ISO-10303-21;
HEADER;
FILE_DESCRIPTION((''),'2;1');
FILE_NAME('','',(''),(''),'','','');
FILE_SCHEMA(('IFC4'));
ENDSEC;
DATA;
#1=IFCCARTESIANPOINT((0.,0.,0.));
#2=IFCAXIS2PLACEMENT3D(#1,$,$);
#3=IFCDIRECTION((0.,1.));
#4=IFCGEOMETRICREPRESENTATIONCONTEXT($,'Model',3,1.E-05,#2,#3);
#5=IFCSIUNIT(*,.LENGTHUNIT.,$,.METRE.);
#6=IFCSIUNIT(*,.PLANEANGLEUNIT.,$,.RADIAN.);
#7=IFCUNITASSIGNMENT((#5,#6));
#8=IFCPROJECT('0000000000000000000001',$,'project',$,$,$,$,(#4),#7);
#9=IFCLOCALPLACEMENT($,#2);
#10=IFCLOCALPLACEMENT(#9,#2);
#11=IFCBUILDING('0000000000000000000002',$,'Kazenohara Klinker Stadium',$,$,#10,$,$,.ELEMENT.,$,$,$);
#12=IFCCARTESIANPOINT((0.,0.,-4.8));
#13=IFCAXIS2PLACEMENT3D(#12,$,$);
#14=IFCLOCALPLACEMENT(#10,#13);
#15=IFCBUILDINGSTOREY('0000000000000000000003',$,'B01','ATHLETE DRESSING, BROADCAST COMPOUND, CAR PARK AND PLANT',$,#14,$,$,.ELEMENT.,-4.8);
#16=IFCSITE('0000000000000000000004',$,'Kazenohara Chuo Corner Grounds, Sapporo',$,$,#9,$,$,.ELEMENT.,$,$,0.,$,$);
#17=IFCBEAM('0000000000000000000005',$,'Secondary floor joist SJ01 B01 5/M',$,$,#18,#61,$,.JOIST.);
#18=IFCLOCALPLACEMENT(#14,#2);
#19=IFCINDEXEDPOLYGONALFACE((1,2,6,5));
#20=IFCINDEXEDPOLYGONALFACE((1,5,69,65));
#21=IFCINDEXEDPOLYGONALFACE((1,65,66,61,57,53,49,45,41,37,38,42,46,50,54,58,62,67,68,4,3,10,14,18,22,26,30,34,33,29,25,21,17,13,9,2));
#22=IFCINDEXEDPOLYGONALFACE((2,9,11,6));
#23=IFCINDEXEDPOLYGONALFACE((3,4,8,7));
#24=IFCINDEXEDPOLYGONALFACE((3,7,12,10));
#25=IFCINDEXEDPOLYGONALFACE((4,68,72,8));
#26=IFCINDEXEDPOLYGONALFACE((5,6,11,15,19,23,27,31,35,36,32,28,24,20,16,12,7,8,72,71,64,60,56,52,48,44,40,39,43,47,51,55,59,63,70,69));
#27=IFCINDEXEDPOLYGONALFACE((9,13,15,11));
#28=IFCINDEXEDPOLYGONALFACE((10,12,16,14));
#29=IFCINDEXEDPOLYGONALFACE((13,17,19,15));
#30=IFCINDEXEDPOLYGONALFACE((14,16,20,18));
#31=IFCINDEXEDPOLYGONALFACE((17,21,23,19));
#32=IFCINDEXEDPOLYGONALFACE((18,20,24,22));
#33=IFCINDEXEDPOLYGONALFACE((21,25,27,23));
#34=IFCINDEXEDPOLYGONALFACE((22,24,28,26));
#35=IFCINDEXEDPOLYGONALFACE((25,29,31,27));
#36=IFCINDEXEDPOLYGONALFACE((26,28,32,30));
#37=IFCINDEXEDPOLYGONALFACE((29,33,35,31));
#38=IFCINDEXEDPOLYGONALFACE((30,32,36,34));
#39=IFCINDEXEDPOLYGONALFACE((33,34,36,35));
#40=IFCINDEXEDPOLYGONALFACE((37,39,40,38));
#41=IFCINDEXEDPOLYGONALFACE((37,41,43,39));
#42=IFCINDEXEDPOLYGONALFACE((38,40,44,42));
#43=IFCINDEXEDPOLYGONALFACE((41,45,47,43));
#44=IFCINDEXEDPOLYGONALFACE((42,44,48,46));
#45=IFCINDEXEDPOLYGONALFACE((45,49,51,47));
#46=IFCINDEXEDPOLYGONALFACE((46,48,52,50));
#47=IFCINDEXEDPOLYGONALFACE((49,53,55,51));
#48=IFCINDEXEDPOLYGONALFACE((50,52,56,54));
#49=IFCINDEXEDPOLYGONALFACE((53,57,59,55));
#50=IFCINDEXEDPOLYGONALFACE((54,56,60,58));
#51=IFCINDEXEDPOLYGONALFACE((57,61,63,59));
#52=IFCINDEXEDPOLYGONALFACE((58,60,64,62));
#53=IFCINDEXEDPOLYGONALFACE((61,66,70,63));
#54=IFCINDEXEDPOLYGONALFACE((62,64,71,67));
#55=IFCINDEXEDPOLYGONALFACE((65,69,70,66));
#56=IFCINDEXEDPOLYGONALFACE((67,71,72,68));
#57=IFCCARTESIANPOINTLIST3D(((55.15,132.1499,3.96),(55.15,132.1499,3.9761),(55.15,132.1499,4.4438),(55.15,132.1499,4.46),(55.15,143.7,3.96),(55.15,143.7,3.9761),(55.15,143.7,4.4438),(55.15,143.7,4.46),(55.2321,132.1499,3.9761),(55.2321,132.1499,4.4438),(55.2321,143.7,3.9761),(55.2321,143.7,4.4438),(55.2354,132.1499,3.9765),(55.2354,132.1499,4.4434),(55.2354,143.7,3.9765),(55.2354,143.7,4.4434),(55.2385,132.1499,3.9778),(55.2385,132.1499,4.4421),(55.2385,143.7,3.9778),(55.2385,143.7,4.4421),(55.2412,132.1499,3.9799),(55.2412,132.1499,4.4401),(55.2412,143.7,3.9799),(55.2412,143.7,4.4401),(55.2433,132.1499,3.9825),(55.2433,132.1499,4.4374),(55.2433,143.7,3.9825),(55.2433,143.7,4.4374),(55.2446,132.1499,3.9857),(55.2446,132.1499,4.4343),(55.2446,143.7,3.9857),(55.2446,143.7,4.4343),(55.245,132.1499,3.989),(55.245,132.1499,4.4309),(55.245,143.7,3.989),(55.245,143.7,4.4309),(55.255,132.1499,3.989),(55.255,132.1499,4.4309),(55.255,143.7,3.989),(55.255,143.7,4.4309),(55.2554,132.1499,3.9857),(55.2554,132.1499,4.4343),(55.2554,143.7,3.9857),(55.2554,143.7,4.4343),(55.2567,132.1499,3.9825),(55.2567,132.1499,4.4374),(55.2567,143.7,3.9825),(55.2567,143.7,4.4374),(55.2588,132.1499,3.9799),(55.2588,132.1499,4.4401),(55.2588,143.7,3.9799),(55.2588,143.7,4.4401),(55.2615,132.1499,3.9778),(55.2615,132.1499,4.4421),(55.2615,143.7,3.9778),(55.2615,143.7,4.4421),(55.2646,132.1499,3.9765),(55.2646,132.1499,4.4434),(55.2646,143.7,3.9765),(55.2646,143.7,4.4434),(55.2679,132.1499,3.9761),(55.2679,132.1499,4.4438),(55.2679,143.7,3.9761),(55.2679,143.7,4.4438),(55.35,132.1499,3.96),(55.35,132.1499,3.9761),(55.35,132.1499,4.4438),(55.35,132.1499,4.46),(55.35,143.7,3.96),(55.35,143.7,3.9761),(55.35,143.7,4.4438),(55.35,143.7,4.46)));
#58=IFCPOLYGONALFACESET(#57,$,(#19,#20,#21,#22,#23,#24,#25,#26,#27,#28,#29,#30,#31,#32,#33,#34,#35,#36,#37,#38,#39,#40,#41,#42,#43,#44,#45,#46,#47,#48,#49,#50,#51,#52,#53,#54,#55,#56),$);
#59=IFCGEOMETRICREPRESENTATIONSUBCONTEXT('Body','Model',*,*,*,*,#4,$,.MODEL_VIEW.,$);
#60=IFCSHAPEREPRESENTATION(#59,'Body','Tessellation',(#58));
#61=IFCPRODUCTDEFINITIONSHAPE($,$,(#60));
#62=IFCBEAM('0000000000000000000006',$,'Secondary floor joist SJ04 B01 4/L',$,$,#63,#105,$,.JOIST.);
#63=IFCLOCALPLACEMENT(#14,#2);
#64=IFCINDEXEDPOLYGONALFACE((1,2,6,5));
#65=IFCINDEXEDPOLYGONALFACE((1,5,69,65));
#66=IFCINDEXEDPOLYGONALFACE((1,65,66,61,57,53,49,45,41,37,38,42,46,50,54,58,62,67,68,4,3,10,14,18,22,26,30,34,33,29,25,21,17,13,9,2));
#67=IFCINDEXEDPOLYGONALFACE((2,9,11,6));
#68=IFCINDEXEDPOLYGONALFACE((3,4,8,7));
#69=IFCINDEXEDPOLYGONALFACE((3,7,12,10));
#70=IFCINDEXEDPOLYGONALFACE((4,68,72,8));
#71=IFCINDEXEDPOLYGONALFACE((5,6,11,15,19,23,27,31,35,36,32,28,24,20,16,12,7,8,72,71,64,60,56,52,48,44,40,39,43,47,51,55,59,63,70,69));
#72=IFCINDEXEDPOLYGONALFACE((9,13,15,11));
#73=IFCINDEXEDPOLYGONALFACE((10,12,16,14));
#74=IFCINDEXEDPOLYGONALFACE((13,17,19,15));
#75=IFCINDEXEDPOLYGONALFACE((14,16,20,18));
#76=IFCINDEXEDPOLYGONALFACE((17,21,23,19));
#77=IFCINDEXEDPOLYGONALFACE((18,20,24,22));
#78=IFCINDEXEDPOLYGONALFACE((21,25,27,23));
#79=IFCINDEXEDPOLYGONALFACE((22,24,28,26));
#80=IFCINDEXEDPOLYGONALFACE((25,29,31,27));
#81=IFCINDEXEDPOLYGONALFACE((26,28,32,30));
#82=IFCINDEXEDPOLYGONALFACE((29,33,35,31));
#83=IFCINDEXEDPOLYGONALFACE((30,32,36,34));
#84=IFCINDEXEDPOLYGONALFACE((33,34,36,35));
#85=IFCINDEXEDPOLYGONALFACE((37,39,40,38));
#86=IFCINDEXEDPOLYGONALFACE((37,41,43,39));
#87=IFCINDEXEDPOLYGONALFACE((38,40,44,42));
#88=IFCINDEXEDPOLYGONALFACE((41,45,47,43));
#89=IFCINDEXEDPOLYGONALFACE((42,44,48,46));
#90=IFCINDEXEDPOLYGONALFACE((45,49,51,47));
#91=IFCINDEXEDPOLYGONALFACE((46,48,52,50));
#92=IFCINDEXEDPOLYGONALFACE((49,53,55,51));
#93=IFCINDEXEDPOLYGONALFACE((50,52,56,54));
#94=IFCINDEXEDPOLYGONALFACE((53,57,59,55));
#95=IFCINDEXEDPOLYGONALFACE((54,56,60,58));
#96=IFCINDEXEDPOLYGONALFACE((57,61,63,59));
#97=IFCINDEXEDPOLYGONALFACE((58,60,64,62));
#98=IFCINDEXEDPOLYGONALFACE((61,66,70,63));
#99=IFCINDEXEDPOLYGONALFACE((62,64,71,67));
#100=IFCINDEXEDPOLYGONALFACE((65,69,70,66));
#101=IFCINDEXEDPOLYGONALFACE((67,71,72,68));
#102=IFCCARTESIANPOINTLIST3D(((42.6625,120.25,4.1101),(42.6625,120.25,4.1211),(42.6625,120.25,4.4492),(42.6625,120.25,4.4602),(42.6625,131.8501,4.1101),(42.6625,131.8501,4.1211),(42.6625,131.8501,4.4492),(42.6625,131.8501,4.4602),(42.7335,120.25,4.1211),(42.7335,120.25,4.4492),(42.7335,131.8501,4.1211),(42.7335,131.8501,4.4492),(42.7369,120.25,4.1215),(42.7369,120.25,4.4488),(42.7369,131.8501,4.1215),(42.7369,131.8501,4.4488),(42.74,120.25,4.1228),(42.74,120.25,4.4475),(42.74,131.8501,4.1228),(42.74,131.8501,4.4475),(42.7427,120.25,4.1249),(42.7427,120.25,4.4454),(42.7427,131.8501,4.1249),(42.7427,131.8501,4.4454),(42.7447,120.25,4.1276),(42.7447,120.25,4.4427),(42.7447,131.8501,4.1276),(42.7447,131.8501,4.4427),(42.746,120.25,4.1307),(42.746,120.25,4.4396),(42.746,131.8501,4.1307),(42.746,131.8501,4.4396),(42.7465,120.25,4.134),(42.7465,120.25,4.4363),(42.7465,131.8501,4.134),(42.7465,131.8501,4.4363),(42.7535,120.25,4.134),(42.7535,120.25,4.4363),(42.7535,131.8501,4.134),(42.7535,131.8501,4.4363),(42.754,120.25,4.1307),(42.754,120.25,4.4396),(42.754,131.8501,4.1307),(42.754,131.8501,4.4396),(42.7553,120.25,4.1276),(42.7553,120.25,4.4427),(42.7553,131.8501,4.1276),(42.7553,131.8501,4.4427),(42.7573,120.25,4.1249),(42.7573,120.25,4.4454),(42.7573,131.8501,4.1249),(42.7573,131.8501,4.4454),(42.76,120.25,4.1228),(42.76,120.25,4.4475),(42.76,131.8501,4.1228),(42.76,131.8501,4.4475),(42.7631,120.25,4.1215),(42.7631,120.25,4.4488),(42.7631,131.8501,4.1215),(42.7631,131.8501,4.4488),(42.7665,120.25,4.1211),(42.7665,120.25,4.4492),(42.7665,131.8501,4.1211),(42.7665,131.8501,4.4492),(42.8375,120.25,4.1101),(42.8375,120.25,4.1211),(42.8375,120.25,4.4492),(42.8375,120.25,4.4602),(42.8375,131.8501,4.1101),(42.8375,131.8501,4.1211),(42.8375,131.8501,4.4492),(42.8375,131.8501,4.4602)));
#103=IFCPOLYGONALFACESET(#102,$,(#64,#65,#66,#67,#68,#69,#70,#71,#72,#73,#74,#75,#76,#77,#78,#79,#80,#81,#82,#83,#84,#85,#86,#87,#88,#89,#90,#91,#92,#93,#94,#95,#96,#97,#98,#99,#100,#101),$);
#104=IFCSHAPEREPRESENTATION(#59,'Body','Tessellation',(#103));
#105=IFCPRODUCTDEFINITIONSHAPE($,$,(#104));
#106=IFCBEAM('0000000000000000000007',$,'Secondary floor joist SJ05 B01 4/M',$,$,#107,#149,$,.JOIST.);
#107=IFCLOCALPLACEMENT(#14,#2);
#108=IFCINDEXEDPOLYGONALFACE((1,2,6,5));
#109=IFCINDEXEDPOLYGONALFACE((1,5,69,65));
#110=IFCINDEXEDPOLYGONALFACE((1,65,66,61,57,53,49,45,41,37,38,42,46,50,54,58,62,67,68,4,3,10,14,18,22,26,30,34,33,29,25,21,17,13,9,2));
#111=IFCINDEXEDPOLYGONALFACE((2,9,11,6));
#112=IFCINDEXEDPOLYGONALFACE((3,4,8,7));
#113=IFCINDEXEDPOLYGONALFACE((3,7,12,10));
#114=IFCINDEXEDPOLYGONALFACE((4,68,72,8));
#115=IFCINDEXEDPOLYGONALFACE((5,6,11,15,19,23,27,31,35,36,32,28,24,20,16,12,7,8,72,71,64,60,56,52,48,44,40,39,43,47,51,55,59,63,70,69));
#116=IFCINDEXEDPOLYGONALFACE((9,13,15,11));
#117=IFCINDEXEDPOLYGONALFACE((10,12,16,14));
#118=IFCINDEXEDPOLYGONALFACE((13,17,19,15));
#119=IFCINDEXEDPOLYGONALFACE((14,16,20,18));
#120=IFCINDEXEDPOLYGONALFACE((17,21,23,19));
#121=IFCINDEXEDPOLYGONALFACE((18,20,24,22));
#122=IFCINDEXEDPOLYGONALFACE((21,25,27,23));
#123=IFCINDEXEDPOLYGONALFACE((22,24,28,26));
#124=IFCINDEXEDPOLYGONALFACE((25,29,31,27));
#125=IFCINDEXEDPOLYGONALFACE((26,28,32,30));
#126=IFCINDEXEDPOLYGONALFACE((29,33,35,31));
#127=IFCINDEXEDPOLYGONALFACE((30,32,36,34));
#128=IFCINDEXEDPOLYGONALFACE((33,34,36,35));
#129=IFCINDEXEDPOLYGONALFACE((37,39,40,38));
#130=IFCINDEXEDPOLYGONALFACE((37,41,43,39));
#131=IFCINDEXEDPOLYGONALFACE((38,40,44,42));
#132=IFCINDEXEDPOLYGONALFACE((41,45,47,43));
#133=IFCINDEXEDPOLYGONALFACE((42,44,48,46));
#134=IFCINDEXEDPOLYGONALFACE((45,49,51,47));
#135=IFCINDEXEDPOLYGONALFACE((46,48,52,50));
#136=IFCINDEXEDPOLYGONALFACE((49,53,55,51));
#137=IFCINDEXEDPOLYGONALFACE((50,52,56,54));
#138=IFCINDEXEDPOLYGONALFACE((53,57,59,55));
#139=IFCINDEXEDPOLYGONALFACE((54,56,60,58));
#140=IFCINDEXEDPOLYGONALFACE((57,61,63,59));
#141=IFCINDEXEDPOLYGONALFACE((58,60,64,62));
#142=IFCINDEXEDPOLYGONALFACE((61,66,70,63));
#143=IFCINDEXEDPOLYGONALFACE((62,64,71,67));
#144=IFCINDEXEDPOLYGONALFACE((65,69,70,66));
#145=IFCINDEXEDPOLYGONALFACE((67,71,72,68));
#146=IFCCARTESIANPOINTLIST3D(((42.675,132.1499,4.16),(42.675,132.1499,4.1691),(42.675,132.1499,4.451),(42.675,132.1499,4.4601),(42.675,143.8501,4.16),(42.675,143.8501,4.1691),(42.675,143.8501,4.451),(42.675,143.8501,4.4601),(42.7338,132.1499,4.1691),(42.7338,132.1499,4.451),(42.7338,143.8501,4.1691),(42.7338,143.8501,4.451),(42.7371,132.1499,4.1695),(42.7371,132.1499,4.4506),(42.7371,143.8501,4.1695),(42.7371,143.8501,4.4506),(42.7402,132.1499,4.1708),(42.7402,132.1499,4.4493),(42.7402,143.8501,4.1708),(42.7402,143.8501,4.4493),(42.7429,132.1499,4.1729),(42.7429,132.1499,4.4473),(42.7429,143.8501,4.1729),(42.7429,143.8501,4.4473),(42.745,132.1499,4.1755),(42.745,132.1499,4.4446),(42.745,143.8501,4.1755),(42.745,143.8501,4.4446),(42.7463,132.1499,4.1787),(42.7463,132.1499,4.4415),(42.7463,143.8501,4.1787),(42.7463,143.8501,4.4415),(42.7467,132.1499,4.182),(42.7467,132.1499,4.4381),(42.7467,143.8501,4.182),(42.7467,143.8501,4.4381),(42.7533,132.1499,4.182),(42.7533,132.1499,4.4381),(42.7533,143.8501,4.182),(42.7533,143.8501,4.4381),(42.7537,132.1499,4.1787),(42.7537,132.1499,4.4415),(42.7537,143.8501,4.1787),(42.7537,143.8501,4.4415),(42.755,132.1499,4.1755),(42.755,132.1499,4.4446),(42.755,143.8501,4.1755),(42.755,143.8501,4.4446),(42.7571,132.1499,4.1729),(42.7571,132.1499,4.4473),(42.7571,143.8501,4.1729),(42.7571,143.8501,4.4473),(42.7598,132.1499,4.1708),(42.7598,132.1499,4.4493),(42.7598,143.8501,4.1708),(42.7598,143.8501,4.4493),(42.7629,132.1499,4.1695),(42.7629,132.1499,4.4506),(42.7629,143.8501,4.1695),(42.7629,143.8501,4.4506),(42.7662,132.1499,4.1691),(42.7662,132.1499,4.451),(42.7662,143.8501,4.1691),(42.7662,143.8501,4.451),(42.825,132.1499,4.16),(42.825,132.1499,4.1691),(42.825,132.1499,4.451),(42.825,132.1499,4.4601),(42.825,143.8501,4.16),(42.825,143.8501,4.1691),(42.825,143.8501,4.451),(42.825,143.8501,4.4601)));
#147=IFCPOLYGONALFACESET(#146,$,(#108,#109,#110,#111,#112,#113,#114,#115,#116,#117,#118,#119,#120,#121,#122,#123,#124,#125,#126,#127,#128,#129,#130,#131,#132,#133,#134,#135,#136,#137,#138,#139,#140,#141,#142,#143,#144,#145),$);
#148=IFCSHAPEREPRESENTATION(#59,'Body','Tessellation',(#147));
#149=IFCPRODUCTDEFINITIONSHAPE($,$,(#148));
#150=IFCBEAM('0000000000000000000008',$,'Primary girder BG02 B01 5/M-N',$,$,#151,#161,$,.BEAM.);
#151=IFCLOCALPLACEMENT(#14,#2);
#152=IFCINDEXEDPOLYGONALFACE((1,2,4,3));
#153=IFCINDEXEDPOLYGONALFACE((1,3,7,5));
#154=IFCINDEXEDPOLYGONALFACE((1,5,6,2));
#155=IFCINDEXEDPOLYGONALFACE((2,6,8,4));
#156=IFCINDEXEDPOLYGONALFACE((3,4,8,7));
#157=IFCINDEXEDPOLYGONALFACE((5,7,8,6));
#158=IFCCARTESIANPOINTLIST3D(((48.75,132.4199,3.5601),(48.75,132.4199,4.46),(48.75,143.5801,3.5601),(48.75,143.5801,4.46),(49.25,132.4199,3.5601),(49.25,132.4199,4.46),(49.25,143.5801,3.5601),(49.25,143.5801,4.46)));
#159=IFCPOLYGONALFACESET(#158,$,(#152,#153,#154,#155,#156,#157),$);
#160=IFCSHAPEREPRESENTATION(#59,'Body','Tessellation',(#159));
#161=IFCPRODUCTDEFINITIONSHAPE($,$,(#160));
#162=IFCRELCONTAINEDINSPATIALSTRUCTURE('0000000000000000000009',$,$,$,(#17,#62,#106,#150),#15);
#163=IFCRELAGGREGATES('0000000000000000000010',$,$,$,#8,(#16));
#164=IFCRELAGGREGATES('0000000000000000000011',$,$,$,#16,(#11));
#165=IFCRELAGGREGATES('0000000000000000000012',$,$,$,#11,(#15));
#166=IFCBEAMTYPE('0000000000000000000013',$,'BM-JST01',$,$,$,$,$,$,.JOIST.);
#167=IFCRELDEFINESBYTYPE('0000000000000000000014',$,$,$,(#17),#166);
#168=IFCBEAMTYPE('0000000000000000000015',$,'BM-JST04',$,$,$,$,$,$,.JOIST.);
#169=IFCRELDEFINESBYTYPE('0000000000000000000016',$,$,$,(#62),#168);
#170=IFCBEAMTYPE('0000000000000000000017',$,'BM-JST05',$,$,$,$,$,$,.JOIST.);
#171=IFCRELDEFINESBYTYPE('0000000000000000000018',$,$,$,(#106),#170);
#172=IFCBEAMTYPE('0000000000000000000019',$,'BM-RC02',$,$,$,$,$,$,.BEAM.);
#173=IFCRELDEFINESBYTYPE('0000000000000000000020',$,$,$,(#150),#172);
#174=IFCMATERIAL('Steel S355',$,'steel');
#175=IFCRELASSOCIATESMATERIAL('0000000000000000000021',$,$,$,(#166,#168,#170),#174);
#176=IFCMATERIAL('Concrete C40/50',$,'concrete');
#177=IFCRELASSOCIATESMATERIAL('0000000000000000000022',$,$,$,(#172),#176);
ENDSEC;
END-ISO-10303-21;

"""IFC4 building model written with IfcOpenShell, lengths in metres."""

from ifc_helpers import new_model, si_unit, direction, frame, origin, origin_2d, place, context, subcontext, project, spatial, rectangle, i_section, extrude, material, material_profile, profile_set, type_object, element, save


model = new_model("IFC4")

# Units and contexts
model_context = context("Model", 3, precision=1e-05, world=origin(), true_north=direction((0.0, 1.0)))
body_context = subcontext(model_context, "Body", "Model", "MODEL_VIEW")
ifc_project = project(units=[si_unit("LENGTHUNIT", "METRE"), si_unit("PLANEANGLEUNIT", "RADIAN")], contexts=[model_context])

# Site, building, storey
site_placement = place(None, origin())
site = spatial("IfcSite", under=ifc_project, at=site_placement, Name="Kazenohara Chuo Corner Grounds, Sapporo", CompositionType="ELEMENT", RefElevation=0.0)
building_placement = place(site_placement, origin())
building = spatial("IfcBuilding", under=site, at=building_placement, Name="Kazenohara Klinker Stadium", CompositionType="ELEMENT")
storey_placement = place(building_placement, frame((0.0, 0.0, -4.8)))
storey = spatial("IfcBuildingStorey", under=building, at=storey_placement, Name="B01", Description="ATHLETE DRESSING, BROADCAST COMPOUND, CAR PARK AND PLANT", CompositionType="ELEMENT", Elevation=-4.8)

# Shared definitions
ifc_material_1 = material(Name="Concrete C40/50", Category="concrete")

# Beams
ifc_material_2 = material(Name="Steel S355", Category="steel")
ifc_material_profile_1 = material_profile(ifc_material_2, i_section(OverallWidth=0.2, OverallDepth=0.5, WebThickness=0.01, FlangeThickness=0.0161, FilletRadius=0.0129, at=origin_2d()), Name="H-500x200x10x16")
ifc_profile_set_1 = profile_set([ifc_material_profile_1], Name="Steel S355")
beam_type_1 = type_object("IfcBeamType", Name="BM-JST01", PredefinedType="JOIST", material=ifc_profile_set_1)
beam_1_placement = place(storey_placement, frame((55.25, 132.1499, 4.21), z_axis=(0.0, 1.0, 0.0), x_axis=(-1.0, 0.0, 0.0)))
element("IfcBeam", 1, at=beam_1_placement, inside=storey, type_object=beam_type_1, Name="Secondary floor joist SJ01 B01 5/M", PredefinedType="JOIST", context=body_context, shape_type="SweptSolid", body=[
    extrude(i_section(OverallWidth=0.2, OverallDepth=0.5, WebThickness=0.01, FlangeThickness=0.0161, FilletRadius=0.0129, at=origin_2d()), origin(), (0.0, 0.0, 1.0), 11.55),
])
ifc_material_profile_2 = material_profile(ifc_material_2, i_section(OverallWidth=0.175, OverallDepth=0.3501, WebThickness=0.0071, FlangeThickness=0.011, FilletRadius=0.0129, at=origin_2d()), Name="H-350x175x7x11")
ifc_profile_set_2 = profile_set([ifc_material_profile_2], Name="Steel S355")
beam_type_2 = type_object("IfcBeamType", Name="BM-JST04", PredefinedType="JOIST", material=ifc_profile_set_2)
beam_2_placement = place(storey_placement, frame((42.75, 120.25, 4.2852), z_axis=(0.0, 1.0, 0.0), x_axis=(-1.0, 0.0, 0.0)))
element("IfcBeam", 2, at=beam_2_placement, inside=storey, type_object=beam_type_2, Name="Secondary floor joist SJ04 B01 4/L", PredefinedType="JOIST", context=body_context, shape_type="SweptSolid", body=[
    extrude(i_section(OverallWidth=0.175, OverallDepth=0.3501, WebThickness=0.0071, FlangeThickness=0.011, FilletRadius=0.0129, at=origin_2d()), origin(), (0.0, 0.0, 1.0), 11.6001),
])
ifc_material_profile_3 = material_profile(ifc_material_2, i_section(OverallWidth=0.1499, OverallDepth=0.3, WebThickness=0.0066, FlangeThickness=0.009, FilletRadius=0.0129, at=origin_2d()), Name="H-300x150x6.5x9")
ifc_profile_set_3 = profile_set([ifc_material_profile_3], Name="Steel S355")
beam_type_3 = type_object("IfcBeamType", Name="BM-JST05", PredefinedType="JOIST", material=ifc_profile_set_3)
beam_3_placement = place(storey_placement, frame((42.75, 132.1499, 4.3101), z_axis=(0.0, 1.0, 0.0), x_axis=(-1.0, 0.0, 0.0)))
element("IfcBeam", 3, at=beam_3_placement, inside=storey, type_object=beam_type_3, Name="Secondary floor joist SJ05 B01 4/M", PredefinedType="JOIST", context=body_context, shape_type="SweptSolid", body=[
    extrude(i_section(OverallWidth=0.1499, OverallDepth=0.3, WebThickness=0.0066, FlangeThickness=0.009, FilletRadius=0.0129, at=origin_2d()), origin(), (0.0, 0.0, 1.0), 11.7002),
])
ifc_material_profile_4 = material_profile(ifc_material_1, rectangle(XDim=0.5, YDim=0.8999, at=origin_2d()), Name="RC-BM-500x900")
ifc_profile_set_4 = profile_set([ifc_material_profile_4], Name="Concrete C40/50")
beam_type_4 = type_object("IfcBeamType", Name="BM-RC02", PredefinedType="BEAM", material=ifc_profile_set_4)
beam_4_placement = place(storey_placement, frame((49.0, 132.4199, 4.01), z_axis=(0.0, 1.0, 0.0), x_axis=(-1.0, 0.0, 0.0)))
element("IfcBeam", 4, at=beam_4_placement, inside=storey, type_object=beam_type_4, Name="Primary girder BG02 B01 5/M-N", PredefinedType="BEAM", context=body_context, shape_type="SweptSolid", body=[
    extrude(rectangle(XDim=0.5, YDim=0.8999, at=origin_2d()), origin(), (0.0, 0.0, 1.0), 11.1602),
])

save(model, "model.ifc")
